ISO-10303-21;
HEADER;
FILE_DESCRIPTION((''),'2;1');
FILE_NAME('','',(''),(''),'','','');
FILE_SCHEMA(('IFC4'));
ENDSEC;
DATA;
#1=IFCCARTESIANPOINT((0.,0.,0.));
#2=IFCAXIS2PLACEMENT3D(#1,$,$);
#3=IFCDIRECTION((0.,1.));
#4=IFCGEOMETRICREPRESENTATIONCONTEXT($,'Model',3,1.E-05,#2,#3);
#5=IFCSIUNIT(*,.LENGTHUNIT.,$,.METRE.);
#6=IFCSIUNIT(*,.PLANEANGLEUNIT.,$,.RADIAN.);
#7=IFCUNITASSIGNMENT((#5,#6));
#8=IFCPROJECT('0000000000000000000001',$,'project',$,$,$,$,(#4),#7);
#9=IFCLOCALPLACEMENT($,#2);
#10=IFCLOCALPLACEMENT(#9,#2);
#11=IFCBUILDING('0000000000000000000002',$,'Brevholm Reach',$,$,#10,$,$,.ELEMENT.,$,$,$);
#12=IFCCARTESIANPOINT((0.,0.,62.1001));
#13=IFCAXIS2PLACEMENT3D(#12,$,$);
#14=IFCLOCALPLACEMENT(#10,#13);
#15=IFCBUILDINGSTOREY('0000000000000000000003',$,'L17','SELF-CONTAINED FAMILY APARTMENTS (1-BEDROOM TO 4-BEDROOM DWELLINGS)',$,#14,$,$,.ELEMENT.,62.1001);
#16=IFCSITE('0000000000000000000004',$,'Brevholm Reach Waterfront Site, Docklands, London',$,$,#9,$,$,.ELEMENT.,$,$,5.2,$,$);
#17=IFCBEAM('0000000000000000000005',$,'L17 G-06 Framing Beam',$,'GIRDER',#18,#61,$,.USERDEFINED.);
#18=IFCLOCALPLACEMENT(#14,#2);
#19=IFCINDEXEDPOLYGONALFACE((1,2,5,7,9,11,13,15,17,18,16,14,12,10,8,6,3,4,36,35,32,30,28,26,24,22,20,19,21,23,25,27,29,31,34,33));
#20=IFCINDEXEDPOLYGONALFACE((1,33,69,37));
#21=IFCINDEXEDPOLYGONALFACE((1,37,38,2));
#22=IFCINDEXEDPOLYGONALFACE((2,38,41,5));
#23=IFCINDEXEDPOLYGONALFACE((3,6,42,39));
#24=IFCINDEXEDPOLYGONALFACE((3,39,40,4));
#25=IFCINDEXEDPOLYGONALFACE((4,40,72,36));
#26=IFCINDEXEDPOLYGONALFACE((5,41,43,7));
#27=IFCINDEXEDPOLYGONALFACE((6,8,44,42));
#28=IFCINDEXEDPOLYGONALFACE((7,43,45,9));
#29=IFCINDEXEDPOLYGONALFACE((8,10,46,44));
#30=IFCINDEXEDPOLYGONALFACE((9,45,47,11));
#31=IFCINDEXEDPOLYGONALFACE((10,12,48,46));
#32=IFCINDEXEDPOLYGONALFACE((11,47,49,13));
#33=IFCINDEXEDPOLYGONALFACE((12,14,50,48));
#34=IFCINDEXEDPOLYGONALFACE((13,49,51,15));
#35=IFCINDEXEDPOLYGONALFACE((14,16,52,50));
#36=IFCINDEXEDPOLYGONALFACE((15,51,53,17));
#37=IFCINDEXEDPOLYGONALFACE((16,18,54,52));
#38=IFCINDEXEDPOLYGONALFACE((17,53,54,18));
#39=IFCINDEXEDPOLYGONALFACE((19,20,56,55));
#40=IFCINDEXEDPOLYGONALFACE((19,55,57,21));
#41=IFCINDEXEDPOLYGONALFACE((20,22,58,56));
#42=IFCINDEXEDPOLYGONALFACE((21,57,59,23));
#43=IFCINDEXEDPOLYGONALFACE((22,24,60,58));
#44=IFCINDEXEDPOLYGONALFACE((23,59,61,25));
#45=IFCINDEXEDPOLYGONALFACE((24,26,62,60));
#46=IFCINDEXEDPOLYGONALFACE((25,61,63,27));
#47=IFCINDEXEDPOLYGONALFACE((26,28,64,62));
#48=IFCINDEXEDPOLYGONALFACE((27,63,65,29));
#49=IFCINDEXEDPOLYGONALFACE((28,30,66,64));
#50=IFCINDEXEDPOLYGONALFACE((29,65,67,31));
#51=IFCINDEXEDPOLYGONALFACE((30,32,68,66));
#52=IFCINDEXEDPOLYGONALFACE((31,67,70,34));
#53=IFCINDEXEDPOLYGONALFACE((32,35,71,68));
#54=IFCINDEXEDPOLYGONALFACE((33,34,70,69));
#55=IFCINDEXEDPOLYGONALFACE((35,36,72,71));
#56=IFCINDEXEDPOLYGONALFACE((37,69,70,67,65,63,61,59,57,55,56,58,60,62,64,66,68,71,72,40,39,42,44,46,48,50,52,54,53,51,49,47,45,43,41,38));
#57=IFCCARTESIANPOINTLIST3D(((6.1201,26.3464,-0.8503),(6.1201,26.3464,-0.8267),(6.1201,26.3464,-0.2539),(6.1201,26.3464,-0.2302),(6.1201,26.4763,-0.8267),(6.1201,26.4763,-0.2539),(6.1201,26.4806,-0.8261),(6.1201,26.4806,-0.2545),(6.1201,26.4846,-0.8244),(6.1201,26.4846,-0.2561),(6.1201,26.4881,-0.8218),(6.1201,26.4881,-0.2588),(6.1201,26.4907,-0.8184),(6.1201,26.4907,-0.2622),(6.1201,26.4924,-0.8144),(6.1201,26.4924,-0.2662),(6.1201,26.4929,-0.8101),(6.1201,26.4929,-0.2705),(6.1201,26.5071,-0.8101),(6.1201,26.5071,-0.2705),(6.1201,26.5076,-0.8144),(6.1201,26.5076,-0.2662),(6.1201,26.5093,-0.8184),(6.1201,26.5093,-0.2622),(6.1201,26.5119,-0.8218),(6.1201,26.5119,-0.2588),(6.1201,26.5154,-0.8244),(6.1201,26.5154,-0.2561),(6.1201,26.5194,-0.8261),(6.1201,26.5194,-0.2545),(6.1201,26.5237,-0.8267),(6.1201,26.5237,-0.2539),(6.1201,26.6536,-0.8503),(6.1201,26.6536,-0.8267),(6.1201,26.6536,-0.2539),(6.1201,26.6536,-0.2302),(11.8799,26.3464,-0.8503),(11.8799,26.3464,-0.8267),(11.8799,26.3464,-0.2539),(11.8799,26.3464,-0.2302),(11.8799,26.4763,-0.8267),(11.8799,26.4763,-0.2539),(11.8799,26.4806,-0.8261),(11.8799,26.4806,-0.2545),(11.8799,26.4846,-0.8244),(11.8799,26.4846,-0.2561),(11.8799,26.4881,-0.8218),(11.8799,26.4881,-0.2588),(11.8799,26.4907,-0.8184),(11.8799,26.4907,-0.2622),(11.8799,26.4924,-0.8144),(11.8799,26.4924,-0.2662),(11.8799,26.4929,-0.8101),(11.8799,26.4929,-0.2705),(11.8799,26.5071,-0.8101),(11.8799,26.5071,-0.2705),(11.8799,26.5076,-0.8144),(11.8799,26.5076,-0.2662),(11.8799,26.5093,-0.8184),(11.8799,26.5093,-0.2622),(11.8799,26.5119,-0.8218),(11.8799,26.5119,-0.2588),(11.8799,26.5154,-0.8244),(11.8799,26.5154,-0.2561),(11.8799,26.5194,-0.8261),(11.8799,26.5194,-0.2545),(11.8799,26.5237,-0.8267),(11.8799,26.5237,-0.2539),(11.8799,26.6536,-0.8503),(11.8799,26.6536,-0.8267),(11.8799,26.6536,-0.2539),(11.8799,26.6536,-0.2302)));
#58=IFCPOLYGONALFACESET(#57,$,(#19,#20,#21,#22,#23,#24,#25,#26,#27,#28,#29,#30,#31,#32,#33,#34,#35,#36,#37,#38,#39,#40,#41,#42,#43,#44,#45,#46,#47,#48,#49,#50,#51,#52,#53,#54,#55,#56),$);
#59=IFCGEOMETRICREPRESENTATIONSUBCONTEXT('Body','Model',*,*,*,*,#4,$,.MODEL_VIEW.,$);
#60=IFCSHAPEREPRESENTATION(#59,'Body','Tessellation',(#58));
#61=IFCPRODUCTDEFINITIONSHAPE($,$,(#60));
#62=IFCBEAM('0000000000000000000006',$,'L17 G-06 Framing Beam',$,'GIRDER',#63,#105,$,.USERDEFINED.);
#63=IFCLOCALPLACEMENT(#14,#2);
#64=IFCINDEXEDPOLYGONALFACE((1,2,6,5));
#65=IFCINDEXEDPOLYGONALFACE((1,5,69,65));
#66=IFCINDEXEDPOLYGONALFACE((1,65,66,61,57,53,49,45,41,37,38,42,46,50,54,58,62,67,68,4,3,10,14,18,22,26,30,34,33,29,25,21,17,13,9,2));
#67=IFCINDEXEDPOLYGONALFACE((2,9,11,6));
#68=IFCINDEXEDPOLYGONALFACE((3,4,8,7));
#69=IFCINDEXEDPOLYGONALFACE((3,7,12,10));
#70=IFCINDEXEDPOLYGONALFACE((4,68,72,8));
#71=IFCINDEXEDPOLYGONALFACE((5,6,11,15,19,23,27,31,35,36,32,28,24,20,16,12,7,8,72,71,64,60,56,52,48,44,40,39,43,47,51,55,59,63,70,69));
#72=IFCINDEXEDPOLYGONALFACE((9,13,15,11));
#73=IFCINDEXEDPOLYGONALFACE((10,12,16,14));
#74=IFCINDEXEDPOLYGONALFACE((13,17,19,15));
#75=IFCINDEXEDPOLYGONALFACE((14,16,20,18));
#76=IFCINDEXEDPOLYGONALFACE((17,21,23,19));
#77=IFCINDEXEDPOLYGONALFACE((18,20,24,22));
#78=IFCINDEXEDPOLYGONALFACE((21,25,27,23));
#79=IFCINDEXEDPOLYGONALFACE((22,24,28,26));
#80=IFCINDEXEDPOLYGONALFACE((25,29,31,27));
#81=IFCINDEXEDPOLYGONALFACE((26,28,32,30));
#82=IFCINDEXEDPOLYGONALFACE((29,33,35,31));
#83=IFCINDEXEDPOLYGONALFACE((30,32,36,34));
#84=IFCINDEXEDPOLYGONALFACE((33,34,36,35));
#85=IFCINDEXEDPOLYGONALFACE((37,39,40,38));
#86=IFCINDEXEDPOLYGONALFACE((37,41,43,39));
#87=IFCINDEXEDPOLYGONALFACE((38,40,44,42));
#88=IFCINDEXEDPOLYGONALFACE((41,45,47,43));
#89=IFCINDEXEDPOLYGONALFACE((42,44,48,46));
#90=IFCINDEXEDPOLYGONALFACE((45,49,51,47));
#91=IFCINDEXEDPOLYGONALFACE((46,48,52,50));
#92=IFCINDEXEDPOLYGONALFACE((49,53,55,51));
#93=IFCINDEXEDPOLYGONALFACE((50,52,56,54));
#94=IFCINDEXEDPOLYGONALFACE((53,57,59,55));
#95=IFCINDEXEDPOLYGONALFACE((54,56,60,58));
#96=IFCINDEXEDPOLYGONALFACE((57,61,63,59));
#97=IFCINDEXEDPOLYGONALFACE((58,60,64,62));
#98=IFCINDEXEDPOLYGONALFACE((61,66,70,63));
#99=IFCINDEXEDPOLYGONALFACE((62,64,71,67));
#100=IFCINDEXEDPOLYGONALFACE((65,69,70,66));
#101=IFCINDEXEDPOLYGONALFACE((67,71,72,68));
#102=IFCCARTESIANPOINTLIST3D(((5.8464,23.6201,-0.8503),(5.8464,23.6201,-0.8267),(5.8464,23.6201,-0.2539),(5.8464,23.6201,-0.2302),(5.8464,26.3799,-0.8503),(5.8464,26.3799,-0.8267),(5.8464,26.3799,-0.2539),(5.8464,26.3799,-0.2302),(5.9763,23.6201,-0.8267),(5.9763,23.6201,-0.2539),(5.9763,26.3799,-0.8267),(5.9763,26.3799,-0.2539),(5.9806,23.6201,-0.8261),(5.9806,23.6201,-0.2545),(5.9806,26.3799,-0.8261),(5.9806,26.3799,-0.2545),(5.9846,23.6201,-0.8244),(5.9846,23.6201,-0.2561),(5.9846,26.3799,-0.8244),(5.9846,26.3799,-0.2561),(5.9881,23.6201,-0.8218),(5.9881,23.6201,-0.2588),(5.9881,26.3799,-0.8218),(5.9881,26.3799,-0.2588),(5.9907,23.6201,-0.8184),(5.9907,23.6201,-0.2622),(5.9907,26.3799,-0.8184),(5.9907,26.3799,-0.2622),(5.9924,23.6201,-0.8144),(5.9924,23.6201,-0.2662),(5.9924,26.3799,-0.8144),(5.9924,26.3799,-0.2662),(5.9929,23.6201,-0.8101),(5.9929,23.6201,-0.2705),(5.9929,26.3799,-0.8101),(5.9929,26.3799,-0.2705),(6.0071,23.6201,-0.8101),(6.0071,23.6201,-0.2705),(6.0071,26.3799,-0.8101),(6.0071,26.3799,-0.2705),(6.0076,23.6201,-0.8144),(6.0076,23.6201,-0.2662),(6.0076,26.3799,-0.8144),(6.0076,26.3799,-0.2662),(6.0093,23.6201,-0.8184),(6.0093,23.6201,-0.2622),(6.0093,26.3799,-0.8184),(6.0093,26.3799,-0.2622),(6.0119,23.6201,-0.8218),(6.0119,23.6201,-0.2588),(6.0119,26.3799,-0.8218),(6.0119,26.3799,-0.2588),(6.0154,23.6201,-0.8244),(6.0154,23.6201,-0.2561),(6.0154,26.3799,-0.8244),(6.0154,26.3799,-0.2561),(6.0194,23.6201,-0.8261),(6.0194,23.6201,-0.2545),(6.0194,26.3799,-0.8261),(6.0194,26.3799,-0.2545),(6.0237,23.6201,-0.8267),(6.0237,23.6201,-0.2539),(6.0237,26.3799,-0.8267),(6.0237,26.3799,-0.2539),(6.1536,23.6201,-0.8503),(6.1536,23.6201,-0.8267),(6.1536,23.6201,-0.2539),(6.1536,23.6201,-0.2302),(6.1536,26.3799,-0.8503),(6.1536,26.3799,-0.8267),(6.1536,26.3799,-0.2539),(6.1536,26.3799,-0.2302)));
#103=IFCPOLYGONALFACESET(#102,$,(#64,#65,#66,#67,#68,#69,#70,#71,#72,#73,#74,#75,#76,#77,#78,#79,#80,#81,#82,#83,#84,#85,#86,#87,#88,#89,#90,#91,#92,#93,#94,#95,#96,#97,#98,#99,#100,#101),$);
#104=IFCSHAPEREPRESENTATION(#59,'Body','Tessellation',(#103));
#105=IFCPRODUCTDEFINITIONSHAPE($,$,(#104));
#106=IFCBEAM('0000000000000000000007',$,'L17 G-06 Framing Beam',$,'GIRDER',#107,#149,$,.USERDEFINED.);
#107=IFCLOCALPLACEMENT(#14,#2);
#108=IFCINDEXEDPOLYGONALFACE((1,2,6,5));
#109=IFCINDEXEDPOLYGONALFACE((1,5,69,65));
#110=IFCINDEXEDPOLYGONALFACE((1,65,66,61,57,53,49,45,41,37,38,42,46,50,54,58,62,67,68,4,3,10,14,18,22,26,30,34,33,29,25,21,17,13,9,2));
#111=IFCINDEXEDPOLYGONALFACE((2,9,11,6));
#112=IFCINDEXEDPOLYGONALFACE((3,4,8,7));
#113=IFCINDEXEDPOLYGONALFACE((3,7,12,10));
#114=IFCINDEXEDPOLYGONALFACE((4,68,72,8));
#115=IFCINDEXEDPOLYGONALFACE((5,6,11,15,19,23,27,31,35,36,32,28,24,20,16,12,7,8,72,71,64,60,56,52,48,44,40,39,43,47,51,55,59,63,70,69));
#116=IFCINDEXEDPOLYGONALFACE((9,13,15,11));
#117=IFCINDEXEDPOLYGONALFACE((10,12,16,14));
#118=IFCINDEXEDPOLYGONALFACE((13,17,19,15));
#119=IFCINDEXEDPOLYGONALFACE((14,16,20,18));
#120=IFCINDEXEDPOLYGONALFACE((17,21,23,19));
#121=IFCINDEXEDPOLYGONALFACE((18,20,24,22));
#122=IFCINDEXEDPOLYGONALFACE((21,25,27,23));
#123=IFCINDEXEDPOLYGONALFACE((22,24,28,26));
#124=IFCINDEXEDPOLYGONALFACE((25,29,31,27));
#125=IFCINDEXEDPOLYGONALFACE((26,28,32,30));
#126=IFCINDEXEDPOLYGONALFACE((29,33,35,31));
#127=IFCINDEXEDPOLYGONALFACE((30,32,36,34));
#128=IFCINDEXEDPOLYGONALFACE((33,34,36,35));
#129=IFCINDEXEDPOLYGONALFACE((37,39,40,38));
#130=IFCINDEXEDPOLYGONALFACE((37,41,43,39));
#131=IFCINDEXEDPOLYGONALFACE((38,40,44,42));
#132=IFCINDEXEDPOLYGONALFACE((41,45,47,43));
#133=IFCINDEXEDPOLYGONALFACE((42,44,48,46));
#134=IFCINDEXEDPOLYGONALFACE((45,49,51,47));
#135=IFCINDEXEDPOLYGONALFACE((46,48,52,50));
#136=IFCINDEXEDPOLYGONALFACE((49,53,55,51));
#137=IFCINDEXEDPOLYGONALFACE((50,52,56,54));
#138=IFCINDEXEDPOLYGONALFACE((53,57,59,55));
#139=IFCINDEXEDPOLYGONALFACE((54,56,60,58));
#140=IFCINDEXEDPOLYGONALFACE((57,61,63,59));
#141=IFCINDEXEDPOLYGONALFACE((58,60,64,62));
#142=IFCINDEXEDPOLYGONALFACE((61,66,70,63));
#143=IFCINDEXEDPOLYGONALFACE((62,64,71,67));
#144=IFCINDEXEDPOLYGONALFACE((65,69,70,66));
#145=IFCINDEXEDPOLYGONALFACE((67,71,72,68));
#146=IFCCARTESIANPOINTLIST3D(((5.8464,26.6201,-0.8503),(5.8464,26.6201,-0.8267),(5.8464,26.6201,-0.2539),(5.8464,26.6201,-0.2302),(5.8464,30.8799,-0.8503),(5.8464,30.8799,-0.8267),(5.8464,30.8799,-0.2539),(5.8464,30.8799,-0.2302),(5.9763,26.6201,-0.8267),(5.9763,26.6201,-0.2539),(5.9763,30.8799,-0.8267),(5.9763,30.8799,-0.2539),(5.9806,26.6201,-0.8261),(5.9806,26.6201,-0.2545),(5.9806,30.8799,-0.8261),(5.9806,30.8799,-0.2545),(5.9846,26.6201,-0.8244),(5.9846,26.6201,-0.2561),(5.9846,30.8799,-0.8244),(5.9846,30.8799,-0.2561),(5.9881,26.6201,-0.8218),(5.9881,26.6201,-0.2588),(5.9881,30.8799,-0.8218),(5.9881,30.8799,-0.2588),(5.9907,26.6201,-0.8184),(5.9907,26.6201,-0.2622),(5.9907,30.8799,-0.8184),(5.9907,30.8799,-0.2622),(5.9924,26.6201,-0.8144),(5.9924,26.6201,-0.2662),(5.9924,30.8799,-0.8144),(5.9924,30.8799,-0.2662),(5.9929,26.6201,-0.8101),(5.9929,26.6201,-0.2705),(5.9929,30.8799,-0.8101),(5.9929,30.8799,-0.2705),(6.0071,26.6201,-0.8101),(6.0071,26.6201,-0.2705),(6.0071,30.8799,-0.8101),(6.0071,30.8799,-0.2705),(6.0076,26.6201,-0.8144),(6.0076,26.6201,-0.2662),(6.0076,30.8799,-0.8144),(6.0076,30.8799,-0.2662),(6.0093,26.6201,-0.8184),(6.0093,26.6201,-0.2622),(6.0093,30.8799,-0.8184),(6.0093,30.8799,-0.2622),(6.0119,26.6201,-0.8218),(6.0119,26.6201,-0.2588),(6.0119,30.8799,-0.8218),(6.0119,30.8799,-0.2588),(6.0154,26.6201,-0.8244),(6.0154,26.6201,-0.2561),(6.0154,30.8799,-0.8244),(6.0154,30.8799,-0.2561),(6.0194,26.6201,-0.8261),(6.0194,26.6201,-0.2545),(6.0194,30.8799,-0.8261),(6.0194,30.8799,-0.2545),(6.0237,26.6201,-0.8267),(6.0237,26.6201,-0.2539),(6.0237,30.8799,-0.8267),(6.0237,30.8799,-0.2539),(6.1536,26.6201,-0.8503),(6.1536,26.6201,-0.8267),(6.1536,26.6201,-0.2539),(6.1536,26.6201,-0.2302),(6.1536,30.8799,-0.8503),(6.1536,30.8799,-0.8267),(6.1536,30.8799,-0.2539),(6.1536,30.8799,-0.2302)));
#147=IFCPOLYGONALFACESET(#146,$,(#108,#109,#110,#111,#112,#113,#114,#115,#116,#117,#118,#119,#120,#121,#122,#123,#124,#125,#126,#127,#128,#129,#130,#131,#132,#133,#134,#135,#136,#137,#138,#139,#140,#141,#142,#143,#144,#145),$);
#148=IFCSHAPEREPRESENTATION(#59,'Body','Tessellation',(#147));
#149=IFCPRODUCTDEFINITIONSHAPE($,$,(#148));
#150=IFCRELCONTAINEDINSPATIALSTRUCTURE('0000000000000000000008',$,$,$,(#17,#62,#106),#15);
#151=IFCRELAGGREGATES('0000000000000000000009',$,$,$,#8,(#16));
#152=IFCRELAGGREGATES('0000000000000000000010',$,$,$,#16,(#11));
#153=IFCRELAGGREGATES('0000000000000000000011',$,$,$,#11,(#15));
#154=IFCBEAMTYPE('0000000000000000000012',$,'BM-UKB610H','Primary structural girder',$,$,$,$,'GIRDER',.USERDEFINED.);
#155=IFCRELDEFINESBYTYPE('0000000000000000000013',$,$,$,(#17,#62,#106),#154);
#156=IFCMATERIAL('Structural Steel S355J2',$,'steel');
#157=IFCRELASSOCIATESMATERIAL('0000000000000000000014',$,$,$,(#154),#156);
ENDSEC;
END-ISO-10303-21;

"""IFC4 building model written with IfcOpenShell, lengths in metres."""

from ifc_helpers import new_model, si_unit, direction, frame, origin, origin_2d, place, context, subcontext, project, spatial, i_section, extrude, material, material_profile, profile_set, type_object, element, save


model = new_model("IFC4")

# Units and contexts
model_context = context("Model", 3, precision=1e-05, world=origin(), true_north=direction((0.0, 1.0)))
body_context = subcontext(model_context, "Body", "Model", "MODEL_VIEW")
ifc_project = project(units=[si_unit("LENGTHUNIT", "METRE"), si_unit("PLANEANGLEUNIT", "RADIAN")], contexts=[model_context])

# Site, building, storey
site_placement = place(None, origin())
site = spatial("IfcSite", under=ifc_project, at=site_placement, Name="Brevholm Reach Waterfront Site, Docklands, London", CompositionType="ELEMENT", RefElevation=5.2)
building_placement = place(site_placement, origin())
building = spatial("IfcBuilding", under=site, at=building_placement, Name="Brevholm Reach", CompositionType="ELEMENT")
storey_placement = place(building_placement, frame((0.0, 0.0, 62.1001)))
storey = spatial("IfcBuildingStorey", under=building, at=storey_placement, Name="L17", Description="SELF-CONTAINED FAMILY APARTMENTS (1-BEDROOM TO 4-BEDROOM DWELLINGS)", CompositionType="ELEMENT", Elevation=62.1001)

# Beams
ifc_material_1 = material(Name="Structural Steel S355J2", Category="steel")
ifc_material_profile_1 = material_profile(ifc_material_1, i_section(OverallWidth=0.3071, OverallDepth=0.6201, WebThickness=0.0142, FlangeThickness=0.0237, FilletRadius=0.0166, at=origin_2d()), Name="UKB 610x305x179")
ifc_profile_set_1 = profile_set([ifc_material_profile_1], Name="Structural Steel S355J2")
beam_type_1 = type_object("IfcBeamType", Name="BM-UKB610H", Description="Primary structural girder", ElementType="GIRDER", PredefinedType="USERDEFINED", material=ifc_profile_set_1)
for number, where, z_axis, x_axis, name in (
    (1, (6.1201, 26.5, -0.5403), (1.0, 0.0, 0.0), (0.0, 1.0, 0.0), "L17 G-06 Framing Beam"),
):
    element("IfcBeam", number, at=place(storey_placement, frame(where, z_axis=z_axis, x_axis=x_axis)), inside=storey, type_object=beam_type_1, Name=name, ObjectType="GIRDER", PredefinedType="USERDEFINED", context=body_context, shape_type="SweptSolid", body=[
        extrude(i_section(OverallWidth=0.3071, OverallDepth=0.6201, WebThickness=0.0142, FlangeThickness=0.0237, FilletRadius=0.0166, at=origin_2d()), origin(), (0.0, 0.0, 1.0), 5.7598),
    ])
beam_1_placement = place(storey_placement, frame((6.0, 23.6201, -0.5403), z_axis=(0.0, 1.0, 0.0), x_axis=(-1.0, 0.0, 0.0)))
element("IfcBeam", 2, at=beam_1_placement, inside=storey, type_object=beam_type_1, Name="L17 G-06 Framing Beam", ObjectType="GIRDER", PredefinedType="USERDEFINED", context=body_context, shape_type="SweptSolid", body=[
    extrude(i_section(OverallWidth=0.3071, OverallDepth=0.6201, WebThickness=0.0142, FlangeThickness=0.0237, FilletRadius=0.0166, at=origin_2d()), origin(), (0.0, 0.0, 1.0), 2.7598),
])
beam_2_placement = place(storey_placement, frame((6.0, 26.6201, -0.5403), z_axis=(0.0, 1.0, 0.0), x_axis=(-1.0, 0.0, 0.0)))
element("IfcBeam", 3, at=beam_2_placement, inside=storey, type_object=beam_type_1, Name="L17 G-06 Framing Beam", ObjectType="GIRDER", PredefinedType="USERDEFINED", context=body_context, shape_type="SweptSolid", body=[
    extrude(i_section(OverallWidth=0.3071, OverallDepth=0.6201, WebThickness=0.0142, FlangeThickness=0.0237, FilletRadius=0.0166, at=origin_2d()), origin(), (0.0, 0.0, 1.0), 4.2598),
])

save(model, "model.ifc")
